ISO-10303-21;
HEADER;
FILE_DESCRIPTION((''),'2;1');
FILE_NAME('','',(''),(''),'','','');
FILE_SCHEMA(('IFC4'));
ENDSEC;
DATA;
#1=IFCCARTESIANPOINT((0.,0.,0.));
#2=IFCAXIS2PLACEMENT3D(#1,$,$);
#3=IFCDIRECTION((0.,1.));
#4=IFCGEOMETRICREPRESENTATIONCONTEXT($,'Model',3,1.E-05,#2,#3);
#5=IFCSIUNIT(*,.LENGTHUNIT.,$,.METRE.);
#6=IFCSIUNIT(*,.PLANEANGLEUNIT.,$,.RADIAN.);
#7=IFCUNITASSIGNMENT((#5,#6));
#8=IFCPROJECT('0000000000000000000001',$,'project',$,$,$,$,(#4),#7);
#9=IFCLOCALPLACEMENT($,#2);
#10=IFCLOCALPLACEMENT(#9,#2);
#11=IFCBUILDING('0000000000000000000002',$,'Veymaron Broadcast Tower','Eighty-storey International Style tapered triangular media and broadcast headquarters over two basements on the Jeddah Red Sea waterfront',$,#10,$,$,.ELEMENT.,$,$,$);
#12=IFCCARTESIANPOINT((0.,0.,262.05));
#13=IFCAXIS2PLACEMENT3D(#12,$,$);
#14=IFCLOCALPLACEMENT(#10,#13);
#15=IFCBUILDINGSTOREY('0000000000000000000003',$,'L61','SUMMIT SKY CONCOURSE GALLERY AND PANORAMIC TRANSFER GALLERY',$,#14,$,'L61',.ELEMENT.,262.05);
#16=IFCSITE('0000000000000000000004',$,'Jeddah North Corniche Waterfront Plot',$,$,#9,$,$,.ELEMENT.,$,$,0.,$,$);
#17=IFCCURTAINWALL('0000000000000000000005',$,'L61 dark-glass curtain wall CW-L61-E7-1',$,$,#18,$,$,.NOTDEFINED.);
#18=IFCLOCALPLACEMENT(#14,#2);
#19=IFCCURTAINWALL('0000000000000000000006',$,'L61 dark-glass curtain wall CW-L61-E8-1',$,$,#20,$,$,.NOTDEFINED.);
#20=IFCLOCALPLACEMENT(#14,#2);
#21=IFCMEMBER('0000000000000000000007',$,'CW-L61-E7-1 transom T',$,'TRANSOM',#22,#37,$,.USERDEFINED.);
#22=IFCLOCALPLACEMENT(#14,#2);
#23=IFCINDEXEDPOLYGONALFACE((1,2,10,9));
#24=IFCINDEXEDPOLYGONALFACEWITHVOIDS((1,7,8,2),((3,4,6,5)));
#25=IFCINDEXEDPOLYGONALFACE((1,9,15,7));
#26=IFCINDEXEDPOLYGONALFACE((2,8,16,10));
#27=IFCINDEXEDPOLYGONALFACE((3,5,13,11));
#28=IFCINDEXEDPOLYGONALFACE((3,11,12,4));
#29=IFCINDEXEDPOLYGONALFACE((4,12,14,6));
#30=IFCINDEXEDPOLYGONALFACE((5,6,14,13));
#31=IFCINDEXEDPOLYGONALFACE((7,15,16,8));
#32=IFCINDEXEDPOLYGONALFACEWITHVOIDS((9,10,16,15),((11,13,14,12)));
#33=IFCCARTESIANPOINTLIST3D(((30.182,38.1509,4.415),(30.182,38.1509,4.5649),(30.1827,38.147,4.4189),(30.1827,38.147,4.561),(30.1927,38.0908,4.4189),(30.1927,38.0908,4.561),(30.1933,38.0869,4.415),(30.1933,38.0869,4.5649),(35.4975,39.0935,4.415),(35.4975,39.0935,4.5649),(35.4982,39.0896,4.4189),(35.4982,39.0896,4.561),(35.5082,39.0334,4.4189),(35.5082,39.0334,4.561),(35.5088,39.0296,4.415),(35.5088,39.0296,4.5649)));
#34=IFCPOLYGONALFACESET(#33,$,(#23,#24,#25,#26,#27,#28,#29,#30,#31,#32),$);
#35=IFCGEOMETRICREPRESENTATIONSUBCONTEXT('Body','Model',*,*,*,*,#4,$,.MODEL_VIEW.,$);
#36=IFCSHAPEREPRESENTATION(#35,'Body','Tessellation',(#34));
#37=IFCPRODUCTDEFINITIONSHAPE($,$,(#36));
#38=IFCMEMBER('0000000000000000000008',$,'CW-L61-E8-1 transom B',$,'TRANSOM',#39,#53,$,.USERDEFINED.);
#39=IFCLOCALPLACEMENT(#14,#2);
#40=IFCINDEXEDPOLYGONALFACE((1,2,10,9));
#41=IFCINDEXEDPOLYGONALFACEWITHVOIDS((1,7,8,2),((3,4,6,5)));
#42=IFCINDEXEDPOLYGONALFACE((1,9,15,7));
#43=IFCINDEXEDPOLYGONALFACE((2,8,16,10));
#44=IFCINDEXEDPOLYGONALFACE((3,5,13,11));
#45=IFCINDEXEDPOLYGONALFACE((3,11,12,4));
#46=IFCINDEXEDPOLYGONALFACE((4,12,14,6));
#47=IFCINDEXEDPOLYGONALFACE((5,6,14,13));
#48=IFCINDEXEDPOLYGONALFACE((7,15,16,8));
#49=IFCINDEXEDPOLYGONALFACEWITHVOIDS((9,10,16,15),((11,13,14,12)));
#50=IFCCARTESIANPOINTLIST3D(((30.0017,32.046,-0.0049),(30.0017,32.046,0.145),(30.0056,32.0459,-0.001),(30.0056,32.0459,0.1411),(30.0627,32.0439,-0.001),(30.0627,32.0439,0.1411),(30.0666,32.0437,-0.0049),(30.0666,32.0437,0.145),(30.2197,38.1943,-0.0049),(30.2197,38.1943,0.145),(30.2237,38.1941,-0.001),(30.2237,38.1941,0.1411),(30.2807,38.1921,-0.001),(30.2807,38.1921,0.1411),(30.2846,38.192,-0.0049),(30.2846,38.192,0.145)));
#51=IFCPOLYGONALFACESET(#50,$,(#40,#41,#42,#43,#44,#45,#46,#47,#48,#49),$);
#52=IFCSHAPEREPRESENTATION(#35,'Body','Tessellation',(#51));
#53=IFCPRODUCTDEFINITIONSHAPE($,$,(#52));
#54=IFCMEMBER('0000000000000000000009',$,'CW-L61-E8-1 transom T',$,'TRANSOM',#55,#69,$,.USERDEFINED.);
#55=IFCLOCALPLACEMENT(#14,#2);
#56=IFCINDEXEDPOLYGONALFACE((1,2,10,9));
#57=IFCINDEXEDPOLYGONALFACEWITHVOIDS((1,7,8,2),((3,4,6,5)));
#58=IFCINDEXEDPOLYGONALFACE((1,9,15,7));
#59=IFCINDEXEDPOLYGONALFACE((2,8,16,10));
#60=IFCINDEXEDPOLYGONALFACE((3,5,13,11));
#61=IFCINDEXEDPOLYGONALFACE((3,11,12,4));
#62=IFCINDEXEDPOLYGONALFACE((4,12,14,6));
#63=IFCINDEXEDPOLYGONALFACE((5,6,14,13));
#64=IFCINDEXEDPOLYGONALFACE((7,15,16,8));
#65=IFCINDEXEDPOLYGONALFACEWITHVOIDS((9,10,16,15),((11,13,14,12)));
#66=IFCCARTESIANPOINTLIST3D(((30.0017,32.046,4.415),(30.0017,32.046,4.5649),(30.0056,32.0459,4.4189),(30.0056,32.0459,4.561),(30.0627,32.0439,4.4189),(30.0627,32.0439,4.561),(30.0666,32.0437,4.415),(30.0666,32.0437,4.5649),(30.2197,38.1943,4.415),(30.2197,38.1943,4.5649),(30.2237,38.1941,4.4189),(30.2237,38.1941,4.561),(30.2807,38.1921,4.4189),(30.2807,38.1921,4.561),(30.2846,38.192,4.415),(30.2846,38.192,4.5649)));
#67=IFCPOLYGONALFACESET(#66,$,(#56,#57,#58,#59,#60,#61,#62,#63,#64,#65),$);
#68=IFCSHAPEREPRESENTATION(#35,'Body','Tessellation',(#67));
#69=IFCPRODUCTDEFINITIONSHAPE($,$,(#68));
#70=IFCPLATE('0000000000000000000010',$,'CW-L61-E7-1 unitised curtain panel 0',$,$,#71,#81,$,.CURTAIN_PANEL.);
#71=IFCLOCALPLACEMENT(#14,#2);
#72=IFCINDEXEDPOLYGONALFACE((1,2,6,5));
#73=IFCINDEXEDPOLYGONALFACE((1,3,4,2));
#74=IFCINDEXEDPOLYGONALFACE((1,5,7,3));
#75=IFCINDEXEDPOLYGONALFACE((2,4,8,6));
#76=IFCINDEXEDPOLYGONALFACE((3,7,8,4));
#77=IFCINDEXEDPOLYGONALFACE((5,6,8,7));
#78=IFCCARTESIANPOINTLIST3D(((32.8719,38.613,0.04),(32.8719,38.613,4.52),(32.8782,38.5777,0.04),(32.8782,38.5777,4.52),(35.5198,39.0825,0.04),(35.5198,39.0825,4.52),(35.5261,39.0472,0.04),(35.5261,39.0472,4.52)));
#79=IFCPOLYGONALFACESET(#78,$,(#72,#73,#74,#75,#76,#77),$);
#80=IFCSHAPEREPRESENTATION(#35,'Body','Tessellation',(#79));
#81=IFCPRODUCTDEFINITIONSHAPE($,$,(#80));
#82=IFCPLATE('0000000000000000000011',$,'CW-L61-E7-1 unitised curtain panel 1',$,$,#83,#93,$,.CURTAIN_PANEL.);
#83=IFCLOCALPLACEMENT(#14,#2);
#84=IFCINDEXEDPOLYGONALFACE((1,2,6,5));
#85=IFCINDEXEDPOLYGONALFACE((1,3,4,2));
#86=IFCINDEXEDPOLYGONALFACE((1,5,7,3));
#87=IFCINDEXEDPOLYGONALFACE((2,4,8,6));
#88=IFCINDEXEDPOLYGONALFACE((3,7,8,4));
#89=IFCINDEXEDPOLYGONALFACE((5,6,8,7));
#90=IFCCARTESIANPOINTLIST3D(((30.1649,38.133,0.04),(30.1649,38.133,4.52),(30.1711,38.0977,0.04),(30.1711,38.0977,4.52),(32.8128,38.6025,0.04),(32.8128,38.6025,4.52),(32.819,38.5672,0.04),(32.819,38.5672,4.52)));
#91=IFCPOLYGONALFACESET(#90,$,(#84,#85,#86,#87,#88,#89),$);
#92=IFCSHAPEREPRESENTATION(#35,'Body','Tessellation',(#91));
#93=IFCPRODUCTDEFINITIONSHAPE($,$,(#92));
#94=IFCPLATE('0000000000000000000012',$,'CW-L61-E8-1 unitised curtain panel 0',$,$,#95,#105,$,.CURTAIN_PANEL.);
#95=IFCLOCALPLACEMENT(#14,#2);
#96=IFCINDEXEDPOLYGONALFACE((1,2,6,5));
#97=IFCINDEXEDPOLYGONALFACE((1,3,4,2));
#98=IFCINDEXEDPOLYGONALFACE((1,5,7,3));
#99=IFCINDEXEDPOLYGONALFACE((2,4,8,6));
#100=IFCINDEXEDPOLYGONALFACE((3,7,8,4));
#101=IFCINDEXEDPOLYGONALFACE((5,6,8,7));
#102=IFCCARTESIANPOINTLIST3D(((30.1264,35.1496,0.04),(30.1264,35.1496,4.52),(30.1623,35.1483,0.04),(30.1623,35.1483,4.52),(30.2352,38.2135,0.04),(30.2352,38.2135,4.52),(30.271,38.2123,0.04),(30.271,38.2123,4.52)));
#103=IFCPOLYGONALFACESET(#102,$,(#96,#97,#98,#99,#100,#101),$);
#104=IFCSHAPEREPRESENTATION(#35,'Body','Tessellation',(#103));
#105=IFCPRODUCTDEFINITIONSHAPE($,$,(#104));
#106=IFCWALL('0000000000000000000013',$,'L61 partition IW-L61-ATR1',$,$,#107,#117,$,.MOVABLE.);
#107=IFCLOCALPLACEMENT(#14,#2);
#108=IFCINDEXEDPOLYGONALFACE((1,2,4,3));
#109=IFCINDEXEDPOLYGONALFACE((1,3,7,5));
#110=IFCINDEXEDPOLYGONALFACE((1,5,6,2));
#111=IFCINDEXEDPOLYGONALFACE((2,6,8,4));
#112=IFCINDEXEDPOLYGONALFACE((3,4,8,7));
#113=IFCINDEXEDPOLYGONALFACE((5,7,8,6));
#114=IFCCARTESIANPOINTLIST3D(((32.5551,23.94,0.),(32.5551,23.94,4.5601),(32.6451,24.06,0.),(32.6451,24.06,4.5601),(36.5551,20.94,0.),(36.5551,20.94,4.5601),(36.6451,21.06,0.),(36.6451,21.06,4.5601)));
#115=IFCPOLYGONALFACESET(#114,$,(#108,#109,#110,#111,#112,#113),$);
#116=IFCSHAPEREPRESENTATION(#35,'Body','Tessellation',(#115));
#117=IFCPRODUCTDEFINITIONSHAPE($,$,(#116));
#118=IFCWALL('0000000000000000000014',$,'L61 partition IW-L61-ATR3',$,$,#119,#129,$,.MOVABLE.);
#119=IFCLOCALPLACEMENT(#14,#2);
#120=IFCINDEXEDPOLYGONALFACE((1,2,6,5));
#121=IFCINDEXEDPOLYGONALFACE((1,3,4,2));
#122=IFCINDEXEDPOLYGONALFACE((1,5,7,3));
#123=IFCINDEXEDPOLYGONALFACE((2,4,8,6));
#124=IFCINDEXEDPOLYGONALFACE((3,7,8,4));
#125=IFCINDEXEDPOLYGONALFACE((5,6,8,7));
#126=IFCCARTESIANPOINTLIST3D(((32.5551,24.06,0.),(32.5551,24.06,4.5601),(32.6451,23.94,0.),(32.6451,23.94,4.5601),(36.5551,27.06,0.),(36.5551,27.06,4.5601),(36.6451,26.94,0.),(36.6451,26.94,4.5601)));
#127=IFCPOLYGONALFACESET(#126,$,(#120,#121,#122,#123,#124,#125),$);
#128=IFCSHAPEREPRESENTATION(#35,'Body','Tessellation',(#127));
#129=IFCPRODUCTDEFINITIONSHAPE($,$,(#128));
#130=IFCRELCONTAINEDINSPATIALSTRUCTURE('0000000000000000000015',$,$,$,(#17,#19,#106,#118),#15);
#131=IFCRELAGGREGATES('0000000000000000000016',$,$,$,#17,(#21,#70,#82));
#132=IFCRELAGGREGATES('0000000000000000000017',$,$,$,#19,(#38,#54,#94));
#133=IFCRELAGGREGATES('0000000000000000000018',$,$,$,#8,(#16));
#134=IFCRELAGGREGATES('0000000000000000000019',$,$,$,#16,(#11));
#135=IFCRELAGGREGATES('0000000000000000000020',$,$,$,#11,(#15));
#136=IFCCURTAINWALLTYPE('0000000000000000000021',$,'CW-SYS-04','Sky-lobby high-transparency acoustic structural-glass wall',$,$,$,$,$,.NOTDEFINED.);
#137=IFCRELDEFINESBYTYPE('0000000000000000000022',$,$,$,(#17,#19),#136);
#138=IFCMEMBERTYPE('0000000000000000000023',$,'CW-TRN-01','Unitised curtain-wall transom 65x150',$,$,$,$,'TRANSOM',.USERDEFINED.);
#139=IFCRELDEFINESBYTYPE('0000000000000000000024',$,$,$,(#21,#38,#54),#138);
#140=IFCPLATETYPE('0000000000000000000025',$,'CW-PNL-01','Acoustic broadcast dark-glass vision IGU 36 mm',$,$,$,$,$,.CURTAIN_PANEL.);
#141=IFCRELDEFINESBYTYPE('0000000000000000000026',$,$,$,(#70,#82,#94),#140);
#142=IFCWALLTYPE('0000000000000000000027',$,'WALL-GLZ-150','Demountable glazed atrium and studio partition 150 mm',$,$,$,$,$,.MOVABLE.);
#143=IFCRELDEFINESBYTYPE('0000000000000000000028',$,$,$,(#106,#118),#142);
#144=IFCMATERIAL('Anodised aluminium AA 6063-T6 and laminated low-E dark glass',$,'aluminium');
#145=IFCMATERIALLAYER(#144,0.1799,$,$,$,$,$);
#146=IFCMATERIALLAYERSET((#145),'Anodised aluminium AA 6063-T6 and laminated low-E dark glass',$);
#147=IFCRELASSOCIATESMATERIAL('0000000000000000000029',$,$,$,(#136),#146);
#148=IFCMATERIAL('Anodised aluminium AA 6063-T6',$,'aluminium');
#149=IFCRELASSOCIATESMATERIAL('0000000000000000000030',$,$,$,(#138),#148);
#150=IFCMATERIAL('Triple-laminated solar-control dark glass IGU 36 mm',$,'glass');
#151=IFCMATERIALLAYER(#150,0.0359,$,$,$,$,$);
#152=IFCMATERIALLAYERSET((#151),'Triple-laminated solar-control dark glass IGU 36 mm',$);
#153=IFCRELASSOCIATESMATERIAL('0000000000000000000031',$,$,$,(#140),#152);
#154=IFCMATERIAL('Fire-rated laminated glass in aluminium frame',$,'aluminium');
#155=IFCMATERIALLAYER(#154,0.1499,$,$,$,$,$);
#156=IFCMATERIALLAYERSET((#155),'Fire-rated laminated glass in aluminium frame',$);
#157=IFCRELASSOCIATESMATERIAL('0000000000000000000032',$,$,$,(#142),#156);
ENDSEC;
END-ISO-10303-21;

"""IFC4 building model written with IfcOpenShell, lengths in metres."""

from ifc_helpers import new_model, si_unit, direction, frame, frame_2d, origin, origin_2d, place, context, subcontext, project, spatial, rectangle, hollow_rectangle, extrude, material, layer, layer_set, material_profile, profile_set, type_object, element, aggregate, save


model = new_model("IFC4")

# Units and contexts
model_context = context("Model", 3, precision=1e-05, world=origin(), true_north=direction((0.0, 1.0)))
body_context = subcontext(model_context, "Body", "Model", "MODEL_VIEW")
ifc_project = project(units=[si_unit("LENGTHUNIT", "METRE"), si_unit("PLANEANGLEUNIT", "RADIAN")], contexts=[model_context])

# Site, building, storey
site_placement = place(None, origin())
site = spatial("IfcSite", under=ifc_project, at=site_placement, Name="Jeddah North Corniche Waterfront Plot", CompositionType="ELEMENT", RefElevation=0.0)
building_placement = place(site_placement, origin())
building = spatial("IfcBuilding", under=site, at=building_placement, Name="Veymaron Broadcast Tower", Description="Eighty-storey International Style tapered triangular media and broadcast headquarters over two basements on the Jeddah Red Sea waterfront", CompositionType="ELEMENT")
storey_placement = place(building_placement, frame((0.0, 0.0, 262.05)))
storey = spatial("IfcBuildingStorey", under=building, at=storey_placement, Name="L61", Description="SUMMIT SKY CONCOURSE GALLERY AND PANORAMIC TRANSFER GALLERY", LongName="L61", CompositionType="ELEMENT", Elevation=262.05)

# Shared definitions
ifc_material_1 = material(Name="Anodised aluminium AA 6063-T6 and laminated low-E dark glass", Category="aluminium")
ifc_layer_1 = layer(ifc_material_1, 0.1799)
ifc_layer_set_1 = layer_set([ifc_layer_1], Name="Anodised aluminium AA 6063-T6 and laminated low-E dark glass")
curtain_wall_type = type_object("IfcCurtainWallType", Name="CW-SYS-04", Description="Sky-lobby high-transparency acoustic structural-glass wall", PredefinedType="NOTDEFINED", material=ifc_layer_set_1)
ifc_material_2 = material(Name="Anodised aluminium AA 6063-T6", Category="aluminium")

# Curtain walls
curtain_wall_1_placement = place(storey_placement, origin())
curtain_wall_1 = element("IfcCurtainWall", 1, at=curtain_wall_1_placement, inside=storey, type_object=curtain_wall_type, Name="L61 dark-glass curtain wall CW-L61-E7-1", PredefinedType="NOTDEFINED")
curtain_wall_2_placement = place(storey_placement, origin())
curtain_wall_2 = element("IfcCurtainWall", 2, at=curtain_wall_2_placement, inside=storey, type_object=curtain_wall_type, Name="L61 dark-glass curtain wall CW-L61-E8-1", PredefinedType="NOTDEFINED")

# Members
ifc_material_profile_1 = material_profile(ifc_material_2, hollow_rectangle(XDim=0.0649, YDim=0.1499, WallThickness=0.0039, at=origin_2d()), Name="AL150X65X4")
ifc_profile_set_1 = profile_set([ifc_material_profile_1], Name="Anodised aluminium AA 6063-T6")
member_type_1 = type_object("IfcMemberType", Name="CW-TRN-01", Description="Unitised curtain-wall transom 65x150", ElementType="TRANSOM", PredefinedType="USERDEFINED", material=ifc_profile_set_1)
member_1_placement = place(storey_placement, frame((35.5032, 39.0615, 4.49), z_axis=(-0.984637, -0.174613, 0.0), x_axis=(0.174613, -0.984637, 0.0)))
member_1 = element("IfcMember", 3, at=member_1_placement, type_object=member_type_1, Name="CW-L61-E7-1 transom T", ObjectType="TRANSOM", PredefinedType="USERDEFINED", context=body_context, shape_type="SweptSolid", body=[
    extrude(hollow_rectangle(XDim=0.0649, YDim=0.1499, WallThickness=0.0039, at=origin_2d()), origin(), (0.0, 0.0, 1.0), 5.3984),
])
member_2_placement = place(storey_placement, frame((30.2522, 38.1931, 0.0701), z_axis=(-0.035438, -0.999372, 0.0), x_axis=(0.999372, -0.035438, 0.0)))
member_2 = element("IfcMember", 4, at=member_2_placement, type_object=member_type_1, Name="CW-L61-E8-1 transom B", ObjectType="TRANSOM", PredefinedType="USERDEFINED", context=body_context, shape_type="SweptSolid", body=[
    extrude(hollow_rectangle(XDim=0.0649, YDim=0.1499, WallThickness=0.0039, at=origin_2d()), origin(), (0.0, 0.0, 1.0), 6.1521),
])
member_3_placement = place(storey_placement, frame((30.2522, 38.1931, 4.49), z_axis=(-0.035438, -0.999372, 0.0), x_axis=(0.999372, -0.035438, 0.0)))
member_3 = element("IfcMember", 5, at=member_3_placement, type_object=member_type_1, Name="CW-L61-E8-1 transom T", ObjectType="TRANSOM", PredefinedType="USERDEFINED", context=body_context, shape_type="SweptSolid", body=[
    extrude(hollow_rectangle(XDim=0.0649, YDim=0.1499, WallThickness=0.0039, at=origin_2d()), origin(), (0.0, 0.0, 1.0), 6.1521),
])

# Plates
ifc_material_3 = material(Name="Triple-laminated solar-control dark glass IGU 36 mm", Category="glass")
ifc_layer_2 = layer(ifc_material_3, 0.0359)
ifc_layer_set_2 = layer_set([ifc_layer_2], Name="Triple-laminated solar-control dark glass IGU 36 mm")
plate_type = type_object("IfcPlateType", Name="CW-PNL-01", Description="Acoustic broadcast dark-glass vision IGU 36 mm", PredefinedType="CURTAIN_PANEL", material=ifc_layer_set_2)
plate_1_placement = place(storey_placement, frame((34.199, 38.8301, 0.04), z_axis=(0.0, 0.0, 1.0), x_axis=(-0.984641, -0.174593, 0.0)))
plate_1 = element("IfcPlate", 6, at=plate_1_placement, type_object=plate_type, Name="CW-L61-E7-1 unitised curtain panel 0", PredefinedType="CURTAIN_PANEL", context=body_context, shape_type="SweptSolid", body=[
    extrude(rectangle(XDim=2.6892, YDim=0.0359, at=origin_2d()), origin(), (0.0, 0.0, 1.0), 4.48),
])
plate_2_placement = place(storey_placement, frame((31.4919, 38.3501, 0.04), z_axis=(0.0, 0.0, 1.0), x_axis=(-0.984641, -0.174593, 0.0)))
plate_2 = element("IfcPlate", 7, at=plate_2_placement, type_object=plate_type, Name="CW-L61-E7-1 unitised curtain panel 1", PredefinedType="CURTAIN_PANEL", context=body_context, shape_type="SweptSolid", body=[
    extrude(rectangle(XDim=2.6892, YDim=0.0359, at=origin_2d()), origin(), (0.0, 0.0, 1.0), 4.48),
])
aggregate(curtain_wall_1, [member_1, plate_1, plate_2])
plate_3_placement = place(storey_placement, frame((30.1987, 36.6809, 0.04), z_axis=(0.0, 0.0, 1.0), x_axis=(-0.035475, -0.999371, 0.0)))
plate_3 = element("IfcPlate", 8, at=plate_3_placement, type_object=plate_type, Name="CW-L61-E8-1 unitised curtain panel 0", PredefinedType="CURTAIN_PANEL", context=body_context, shape_type="SweptSolid", body=[
    extrude(rectangle(XDim=3.0659, YDim=0.0359, at=origin_2d()), origin(), (0.0, 0.0, 1.0), 4.48),
])
aggregate(curtain_wall_2, [member_2, member_3, plate_3])

# Walls
ifc_material_4 = material(Name="Fire-rated laminated glass in aluminium frame", Category="aluminium")
ifc_layer_3 = layer(ifc_material_4, 0.1499)
ifc_layer_set_3 = layer_set([ifc_layer_3], Name="Fire-rated laminated glass in aluminium frame")
wall_type = type_object("IfcWallType", Name="WALL-GLZ-150", Description="Demountable glazed atrium and studio partition 150 mm", PredefinedType="MOVABLE", material=ifc_layer_set_3)
for number, where, z_axis, x_axis, name in (
    (9, (32.6001, 24.0, 0.0), (0.0, 0.0, 1.0), (0.8, -0.6, 0.0), "L61 partition IW-L61-ATR1"),
    (10, (36.6001, 27.0, 0.0), (0.0, 0.0, 1.0), (-0.8, -0.6, 0.0), "L61 partition IW-L61-ATR3"),
):
    element("IfcWall", number, at=place(storey_placement, frame(where, z_axis=z_axis, x_axis=x_axis)), inside=storey, type_object=wall_type, Name=name, PredefinedType="MOVABLE", context=body_context, shape_type="SweptSolid", body=[
        extrude(rectangle(XDim=5.0, YDim=0.1499, at=frame_2d((2.5, 0.0))), origin(), (0.0, 0.0, 1.0), 4.5601),
    ])

save(model, "model.ifc")
